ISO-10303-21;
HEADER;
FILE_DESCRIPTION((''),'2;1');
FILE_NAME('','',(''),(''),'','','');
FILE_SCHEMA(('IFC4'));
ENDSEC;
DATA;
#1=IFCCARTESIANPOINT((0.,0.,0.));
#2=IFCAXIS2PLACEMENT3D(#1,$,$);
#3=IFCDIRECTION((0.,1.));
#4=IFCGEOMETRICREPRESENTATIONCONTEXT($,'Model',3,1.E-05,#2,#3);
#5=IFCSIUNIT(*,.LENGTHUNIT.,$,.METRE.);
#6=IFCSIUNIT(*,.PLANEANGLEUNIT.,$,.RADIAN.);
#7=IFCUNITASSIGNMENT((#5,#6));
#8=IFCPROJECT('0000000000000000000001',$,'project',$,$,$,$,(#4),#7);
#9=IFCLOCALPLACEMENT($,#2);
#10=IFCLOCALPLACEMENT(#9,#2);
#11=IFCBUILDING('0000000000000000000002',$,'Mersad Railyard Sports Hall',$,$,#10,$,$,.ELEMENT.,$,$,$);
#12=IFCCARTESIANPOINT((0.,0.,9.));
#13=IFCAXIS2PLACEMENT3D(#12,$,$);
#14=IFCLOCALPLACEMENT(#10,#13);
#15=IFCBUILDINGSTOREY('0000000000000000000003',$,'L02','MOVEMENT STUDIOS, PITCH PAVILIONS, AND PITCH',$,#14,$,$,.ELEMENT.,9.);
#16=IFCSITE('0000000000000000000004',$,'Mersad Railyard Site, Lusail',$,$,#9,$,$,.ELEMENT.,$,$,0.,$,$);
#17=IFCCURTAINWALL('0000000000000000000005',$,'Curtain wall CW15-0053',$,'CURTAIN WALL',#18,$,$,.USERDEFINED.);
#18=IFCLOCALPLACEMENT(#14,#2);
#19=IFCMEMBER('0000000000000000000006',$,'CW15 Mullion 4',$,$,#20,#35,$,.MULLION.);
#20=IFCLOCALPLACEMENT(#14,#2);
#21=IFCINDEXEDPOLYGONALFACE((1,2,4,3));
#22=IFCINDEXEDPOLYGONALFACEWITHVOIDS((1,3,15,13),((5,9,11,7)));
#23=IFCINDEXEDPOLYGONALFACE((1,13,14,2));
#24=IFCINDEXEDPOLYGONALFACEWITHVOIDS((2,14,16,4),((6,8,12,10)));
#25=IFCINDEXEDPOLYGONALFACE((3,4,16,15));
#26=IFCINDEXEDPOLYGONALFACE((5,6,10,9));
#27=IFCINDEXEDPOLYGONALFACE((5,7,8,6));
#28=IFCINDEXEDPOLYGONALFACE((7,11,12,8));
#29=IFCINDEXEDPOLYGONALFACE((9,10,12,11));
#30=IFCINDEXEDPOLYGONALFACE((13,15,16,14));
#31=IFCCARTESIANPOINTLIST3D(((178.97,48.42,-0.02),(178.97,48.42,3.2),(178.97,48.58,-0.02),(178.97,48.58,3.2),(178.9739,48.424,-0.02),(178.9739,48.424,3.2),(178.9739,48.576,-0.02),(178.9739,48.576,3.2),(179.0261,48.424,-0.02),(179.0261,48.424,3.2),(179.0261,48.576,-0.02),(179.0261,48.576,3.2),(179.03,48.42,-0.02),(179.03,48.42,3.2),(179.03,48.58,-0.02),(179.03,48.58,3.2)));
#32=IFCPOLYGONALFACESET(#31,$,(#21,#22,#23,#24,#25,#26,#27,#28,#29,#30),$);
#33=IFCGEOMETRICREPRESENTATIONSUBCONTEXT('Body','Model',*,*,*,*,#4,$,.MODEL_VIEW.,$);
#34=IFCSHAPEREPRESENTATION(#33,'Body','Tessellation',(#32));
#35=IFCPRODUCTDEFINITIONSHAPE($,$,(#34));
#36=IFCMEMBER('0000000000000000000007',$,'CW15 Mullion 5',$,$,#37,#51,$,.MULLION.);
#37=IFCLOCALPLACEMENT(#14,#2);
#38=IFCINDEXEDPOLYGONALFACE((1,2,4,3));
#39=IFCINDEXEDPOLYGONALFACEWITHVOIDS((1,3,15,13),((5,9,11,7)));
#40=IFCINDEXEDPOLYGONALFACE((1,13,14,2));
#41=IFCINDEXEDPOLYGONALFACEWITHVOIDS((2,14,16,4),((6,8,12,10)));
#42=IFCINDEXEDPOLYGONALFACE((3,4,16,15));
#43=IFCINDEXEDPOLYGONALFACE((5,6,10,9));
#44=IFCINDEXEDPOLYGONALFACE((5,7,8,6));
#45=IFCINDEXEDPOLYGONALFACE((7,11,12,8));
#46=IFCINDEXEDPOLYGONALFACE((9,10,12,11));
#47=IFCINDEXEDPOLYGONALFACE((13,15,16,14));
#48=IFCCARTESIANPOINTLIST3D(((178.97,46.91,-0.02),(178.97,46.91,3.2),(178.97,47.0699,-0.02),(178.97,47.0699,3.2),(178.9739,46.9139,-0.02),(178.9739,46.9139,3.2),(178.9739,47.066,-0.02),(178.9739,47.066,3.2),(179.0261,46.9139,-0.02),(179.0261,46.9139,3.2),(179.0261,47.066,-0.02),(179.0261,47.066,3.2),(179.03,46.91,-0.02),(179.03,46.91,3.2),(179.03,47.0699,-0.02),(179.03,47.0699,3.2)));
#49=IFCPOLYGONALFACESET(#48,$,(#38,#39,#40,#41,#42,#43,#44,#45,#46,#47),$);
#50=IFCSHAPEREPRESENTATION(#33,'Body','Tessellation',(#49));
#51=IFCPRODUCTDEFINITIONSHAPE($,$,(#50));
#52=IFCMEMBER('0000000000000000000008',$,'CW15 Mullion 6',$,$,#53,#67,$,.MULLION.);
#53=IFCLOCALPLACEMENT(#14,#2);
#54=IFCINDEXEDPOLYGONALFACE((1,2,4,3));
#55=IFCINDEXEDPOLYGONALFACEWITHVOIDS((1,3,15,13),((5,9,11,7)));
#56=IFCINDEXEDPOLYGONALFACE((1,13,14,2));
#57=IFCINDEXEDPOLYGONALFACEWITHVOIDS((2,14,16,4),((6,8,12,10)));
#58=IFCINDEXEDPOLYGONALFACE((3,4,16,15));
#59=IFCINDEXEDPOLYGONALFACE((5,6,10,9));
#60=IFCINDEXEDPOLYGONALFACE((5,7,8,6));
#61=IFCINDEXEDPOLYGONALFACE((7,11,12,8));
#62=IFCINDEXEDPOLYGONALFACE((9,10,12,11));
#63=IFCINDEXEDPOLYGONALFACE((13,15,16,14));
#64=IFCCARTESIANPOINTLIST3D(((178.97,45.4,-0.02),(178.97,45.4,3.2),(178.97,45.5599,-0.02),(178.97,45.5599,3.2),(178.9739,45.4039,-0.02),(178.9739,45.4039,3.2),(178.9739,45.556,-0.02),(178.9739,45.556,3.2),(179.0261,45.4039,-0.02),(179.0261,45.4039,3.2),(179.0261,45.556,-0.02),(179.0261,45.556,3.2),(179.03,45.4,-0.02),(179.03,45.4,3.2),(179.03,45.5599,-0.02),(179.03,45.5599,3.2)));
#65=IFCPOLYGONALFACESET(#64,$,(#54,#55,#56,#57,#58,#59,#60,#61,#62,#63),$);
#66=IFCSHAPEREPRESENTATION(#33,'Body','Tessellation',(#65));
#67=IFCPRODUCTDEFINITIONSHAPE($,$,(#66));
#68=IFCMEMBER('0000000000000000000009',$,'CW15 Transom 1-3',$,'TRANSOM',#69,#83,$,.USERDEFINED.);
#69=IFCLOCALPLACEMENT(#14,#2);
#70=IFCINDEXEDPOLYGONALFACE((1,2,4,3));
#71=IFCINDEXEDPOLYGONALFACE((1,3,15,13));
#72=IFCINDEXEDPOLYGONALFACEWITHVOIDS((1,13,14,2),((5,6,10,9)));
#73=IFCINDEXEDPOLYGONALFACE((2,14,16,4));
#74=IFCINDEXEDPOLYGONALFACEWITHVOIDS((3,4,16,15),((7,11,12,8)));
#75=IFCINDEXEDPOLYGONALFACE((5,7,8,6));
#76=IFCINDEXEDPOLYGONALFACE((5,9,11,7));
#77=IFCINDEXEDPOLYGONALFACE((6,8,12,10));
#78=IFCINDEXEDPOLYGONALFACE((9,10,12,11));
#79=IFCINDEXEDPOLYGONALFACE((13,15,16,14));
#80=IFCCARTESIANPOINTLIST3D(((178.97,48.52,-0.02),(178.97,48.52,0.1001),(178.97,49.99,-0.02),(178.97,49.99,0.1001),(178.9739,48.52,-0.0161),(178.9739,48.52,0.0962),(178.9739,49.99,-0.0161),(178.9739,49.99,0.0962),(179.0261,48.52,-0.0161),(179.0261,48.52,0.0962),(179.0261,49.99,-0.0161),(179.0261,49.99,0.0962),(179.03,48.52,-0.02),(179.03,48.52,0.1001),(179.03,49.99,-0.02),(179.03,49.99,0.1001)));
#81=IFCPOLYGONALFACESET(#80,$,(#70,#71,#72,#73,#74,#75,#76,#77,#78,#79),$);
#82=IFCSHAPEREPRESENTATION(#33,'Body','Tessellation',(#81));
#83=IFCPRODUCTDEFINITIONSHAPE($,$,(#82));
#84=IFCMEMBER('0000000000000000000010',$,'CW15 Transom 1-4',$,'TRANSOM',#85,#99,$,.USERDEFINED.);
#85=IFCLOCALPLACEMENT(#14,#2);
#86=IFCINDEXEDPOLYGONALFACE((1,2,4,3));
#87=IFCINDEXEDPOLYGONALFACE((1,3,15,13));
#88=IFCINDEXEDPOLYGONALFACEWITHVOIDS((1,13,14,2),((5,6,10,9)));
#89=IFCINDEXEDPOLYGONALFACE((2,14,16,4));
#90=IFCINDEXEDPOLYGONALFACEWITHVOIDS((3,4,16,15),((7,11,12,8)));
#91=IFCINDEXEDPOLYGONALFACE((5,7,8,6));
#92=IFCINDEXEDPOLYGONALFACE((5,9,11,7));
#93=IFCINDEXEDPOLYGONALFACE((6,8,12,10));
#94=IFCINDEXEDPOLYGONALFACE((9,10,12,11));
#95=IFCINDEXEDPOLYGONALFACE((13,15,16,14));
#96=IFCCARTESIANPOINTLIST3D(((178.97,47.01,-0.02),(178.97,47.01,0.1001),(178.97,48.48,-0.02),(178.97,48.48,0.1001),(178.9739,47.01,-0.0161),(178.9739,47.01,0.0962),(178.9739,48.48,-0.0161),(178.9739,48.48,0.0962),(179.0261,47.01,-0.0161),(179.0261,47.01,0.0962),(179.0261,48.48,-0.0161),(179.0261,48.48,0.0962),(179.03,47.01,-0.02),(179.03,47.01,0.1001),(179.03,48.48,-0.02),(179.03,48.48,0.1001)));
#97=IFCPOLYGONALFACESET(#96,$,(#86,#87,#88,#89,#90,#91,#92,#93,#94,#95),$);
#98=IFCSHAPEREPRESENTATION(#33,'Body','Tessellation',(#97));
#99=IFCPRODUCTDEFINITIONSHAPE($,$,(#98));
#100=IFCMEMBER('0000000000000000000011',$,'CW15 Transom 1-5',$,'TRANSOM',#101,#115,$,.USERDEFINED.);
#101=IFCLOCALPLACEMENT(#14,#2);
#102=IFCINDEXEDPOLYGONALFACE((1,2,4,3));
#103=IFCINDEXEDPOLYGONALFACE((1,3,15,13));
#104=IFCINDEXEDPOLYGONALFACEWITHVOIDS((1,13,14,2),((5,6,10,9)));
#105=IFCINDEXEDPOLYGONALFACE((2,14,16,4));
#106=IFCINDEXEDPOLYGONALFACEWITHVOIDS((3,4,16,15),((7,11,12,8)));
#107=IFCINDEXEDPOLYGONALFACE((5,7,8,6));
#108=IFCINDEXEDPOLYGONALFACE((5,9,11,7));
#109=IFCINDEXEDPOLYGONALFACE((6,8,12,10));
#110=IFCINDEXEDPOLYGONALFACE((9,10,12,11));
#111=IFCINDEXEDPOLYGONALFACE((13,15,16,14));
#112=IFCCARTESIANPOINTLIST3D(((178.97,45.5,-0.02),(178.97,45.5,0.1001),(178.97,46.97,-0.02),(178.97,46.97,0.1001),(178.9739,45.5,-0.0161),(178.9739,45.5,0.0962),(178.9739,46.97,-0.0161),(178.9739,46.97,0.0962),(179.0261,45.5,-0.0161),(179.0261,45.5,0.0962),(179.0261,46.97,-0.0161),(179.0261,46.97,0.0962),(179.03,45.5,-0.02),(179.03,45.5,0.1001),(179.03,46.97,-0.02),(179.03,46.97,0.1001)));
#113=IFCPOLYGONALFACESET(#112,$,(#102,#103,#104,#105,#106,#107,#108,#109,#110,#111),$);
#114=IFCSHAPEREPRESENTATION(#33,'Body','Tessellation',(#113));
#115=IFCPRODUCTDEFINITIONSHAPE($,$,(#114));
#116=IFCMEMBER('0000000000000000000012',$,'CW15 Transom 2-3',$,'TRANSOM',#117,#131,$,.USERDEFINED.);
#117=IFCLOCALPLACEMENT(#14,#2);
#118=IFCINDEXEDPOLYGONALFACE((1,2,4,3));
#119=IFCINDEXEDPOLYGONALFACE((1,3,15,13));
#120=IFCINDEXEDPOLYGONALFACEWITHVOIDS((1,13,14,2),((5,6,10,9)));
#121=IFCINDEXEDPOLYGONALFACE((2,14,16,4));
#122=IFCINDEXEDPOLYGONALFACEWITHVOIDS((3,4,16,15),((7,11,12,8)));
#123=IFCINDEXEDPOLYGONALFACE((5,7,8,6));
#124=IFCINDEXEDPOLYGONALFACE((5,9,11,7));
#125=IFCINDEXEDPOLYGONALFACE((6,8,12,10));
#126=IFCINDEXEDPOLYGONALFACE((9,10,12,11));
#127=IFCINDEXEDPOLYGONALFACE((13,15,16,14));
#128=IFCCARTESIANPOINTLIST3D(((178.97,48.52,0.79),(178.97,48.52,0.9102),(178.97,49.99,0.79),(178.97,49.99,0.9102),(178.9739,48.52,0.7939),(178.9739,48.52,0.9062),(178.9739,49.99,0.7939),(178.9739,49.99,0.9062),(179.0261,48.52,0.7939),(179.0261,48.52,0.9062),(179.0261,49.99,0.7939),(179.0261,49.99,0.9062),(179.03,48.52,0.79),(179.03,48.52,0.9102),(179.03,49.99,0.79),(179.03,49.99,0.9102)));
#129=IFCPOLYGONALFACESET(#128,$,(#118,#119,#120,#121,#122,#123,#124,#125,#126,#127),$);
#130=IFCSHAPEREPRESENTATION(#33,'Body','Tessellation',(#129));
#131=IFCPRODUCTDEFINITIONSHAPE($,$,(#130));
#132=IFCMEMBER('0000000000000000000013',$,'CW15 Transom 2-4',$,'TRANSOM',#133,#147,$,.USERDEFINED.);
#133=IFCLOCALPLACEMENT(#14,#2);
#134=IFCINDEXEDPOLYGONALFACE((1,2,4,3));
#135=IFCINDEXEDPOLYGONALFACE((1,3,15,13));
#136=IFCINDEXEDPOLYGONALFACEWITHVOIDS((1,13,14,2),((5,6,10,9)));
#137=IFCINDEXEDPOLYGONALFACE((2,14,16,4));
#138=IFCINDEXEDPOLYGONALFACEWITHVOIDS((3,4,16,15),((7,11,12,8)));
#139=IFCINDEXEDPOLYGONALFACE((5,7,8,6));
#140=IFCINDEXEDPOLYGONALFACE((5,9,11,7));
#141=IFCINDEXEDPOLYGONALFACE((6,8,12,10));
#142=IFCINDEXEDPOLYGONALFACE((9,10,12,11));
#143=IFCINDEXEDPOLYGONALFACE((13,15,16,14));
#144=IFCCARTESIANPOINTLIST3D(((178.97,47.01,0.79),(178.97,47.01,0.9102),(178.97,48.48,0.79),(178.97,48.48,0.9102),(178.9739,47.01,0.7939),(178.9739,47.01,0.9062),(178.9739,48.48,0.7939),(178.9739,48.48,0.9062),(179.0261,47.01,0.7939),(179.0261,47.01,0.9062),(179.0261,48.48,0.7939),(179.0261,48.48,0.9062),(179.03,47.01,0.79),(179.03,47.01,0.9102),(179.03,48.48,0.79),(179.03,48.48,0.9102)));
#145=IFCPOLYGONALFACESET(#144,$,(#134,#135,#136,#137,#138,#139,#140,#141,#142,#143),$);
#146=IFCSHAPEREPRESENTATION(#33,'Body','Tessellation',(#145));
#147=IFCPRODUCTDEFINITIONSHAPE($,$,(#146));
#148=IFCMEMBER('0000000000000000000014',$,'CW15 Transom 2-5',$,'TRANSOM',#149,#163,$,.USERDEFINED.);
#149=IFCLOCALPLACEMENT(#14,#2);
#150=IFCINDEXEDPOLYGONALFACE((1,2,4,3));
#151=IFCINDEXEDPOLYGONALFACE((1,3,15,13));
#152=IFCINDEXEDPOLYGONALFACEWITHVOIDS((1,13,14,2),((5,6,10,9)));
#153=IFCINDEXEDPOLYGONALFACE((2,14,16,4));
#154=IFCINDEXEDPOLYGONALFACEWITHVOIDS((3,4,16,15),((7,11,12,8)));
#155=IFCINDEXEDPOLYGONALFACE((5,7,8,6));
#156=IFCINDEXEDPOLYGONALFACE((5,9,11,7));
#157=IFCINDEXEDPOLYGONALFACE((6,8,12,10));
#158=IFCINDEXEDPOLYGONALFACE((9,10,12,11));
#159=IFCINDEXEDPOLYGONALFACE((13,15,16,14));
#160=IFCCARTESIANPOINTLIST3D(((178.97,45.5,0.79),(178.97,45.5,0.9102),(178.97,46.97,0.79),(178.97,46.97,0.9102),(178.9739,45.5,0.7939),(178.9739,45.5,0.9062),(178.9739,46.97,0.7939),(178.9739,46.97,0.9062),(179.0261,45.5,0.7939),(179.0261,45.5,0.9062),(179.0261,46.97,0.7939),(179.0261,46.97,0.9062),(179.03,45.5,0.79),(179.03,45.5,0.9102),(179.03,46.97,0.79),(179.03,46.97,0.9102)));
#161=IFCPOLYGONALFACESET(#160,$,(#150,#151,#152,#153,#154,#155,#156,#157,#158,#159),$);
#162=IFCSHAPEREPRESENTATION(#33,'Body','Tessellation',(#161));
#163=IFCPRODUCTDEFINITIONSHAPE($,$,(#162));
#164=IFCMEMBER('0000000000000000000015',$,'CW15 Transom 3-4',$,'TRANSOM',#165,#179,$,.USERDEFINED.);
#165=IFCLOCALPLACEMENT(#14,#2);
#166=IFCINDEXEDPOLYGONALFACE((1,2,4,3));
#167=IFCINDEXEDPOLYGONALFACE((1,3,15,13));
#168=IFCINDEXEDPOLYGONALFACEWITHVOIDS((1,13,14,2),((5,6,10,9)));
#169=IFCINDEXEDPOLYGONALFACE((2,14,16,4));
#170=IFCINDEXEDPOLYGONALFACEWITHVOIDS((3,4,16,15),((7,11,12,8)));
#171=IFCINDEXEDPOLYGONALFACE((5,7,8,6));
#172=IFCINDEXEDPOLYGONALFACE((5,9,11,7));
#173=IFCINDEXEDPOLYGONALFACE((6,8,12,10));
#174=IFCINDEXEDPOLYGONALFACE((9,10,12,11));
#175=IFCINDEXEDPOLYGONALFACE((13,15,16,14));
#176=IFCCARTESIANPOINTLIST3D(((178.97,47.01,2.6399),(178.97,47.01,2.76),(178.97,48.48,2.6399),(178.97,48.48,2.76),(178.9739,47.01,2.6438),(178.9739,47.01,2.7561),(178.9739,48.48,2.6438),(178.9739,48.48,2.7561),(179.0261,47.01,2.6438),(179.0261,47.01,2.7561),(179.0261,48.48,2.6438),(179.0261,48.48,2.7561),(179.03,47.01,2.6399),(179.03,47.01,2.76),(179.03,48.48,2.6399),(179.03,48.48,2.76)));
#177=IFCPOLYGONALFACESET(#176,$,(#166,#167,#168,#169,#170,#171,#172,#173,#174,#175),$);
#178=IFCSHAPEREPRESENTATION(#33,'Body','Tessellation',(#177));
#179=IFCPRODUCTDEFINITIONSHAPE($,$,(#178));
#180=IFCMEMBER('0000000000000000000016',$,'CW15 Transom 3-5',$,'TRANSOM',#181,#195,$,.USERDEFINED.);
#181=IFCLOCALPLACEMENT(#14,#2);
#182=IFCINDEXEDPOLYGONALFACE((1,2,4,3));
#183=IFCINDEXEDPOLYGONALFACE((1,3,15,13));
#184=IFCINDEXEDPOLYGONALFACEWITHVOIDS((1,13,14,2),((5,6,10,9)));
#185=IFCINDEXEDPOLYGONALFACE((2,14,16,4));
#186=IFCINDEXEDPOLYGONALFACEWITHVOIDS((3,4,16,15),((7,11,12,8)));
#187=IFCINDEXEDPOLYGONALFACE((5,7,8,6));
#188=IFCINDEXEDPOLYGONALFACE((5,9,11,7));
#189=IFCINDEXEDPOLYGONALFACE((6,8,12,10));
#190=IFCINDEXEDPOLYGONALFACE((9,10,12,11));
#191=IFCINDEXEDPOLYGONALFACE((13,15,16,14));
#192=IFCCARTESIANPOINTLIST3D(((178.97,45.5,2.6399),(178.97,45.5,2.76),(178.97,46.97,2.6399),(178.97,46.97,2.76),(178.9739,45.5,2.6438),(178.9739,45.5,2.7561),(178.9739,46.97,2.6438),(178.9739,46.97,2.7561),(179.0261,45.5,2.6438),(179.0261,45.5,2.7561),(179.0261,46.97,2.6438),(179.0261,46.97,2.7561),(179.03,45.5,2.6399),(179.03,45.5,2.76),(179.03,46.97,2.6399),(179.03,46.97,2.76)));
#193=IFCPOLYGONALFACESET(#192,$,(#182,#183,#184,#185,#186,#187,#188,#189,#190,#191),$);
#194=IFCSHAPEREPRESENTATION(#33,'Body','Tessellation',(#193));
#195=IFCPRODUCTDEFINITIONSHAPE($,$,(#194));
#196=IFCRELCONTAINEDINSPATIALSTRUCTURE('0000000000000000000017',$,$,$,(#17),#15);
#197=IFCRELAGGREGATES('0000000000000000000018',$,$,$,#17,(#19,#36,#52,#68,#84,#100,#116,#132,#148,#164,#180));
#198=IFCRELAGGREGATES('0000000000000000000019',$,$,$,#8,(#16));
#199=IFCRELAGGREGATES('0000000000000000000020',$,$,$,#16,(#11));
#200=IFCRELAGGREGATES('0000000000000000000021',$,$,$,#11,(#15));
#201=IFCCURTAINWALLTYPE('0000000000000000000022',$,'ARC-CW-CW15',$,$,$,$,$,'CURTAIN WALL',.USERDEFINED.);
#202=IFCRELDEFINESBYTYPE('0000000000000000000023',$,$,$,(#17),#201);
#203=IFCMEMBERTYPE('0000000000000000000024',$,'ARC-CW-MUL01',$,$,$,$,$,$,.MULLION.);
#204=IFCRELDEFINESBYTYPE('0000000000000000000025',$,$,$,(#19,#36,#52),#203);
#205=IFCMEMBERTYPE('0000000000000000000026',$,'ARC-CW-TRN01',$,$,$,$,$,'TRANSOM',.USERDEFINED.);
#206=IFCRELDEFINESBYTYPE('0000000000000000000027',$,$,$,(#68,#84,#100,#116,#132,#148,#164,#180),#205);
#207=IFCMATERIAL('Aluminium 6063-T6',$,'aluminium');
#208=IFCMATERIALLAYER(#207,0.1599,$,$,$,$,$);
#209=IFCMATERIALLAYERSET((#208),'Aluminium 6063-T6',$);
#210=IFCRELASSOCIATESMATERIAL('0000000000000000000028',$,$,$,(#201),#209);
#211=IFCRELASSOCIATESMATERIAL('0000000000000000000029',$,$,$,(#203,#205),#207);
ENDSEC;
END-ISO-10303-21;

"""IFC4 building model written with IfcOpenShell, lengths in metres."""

from ifc_helpers import new_model, si_unit, direction, frame, origin, origin_2d, place, context, subcontext, project, spatial, hollow_rectangle, extrude, material, layer, layer_set, material_profile, profile_set, type_object, element, aggregate, save


model = new_model("IFC4")

# Units and contexts
model_context = context("Model", 3, precision=1e-05, world=origin(), true_north=direction((0.0, 1.0)))
body_context = subcontext(model_context, "Body", "Model", "MODEL_VIEW")
ifc_project = project(units=[si_unit("LENGTHUNIT", "METRE"), si_unit("PLANEANGLEUNIT", "RADIAN")], contexts=[model_context])

# Site, building, storey
site_placement = place(None, origin())
site = spatial("IfcSite", under=ifc_project, at=site_placement, Name="Mersad Railyard Site, Lusail", CompositionType="ELEMENT", RefElevation=0.0)
building_placement = place(site_placement, origin())
building = spatial("IfcBuilding", under=site, at=building_placement, Name="Mersad Railyard Sports Hall", CompositionType="ELEMENT")
storey_placement = place(building_placement, frame((0.0, 0.0, 9.0)))
storey = spatial("IfcBuildingStorey", under=building, at=storey_placement, Name="L02", Description="MOVEMENT STUDIOS, PITCH PAVILIONS, AND PITCH", CompositionType="ELEMENT", Elevation=9.0)

# Curtain wall, members
ifc_material_1 = material(Name="Aluminium 6063-T6", Category="aluminium")
ifc_layer_1 = layer(ifc_material_1, 0.1599)
ifc_layer_set_1 = layer_set([ifc_layer_1], Name="Aluminium 6063-T6")
curtain_wall_type = type_object("IfcCurtainWallType", Name="ARC-CW-CW15", ElementType="CURTAIN WALL", PredefinedType="USERDEFINED", material=ifc_layer_set_1)
curtain_wall_placement = place(storey_placement, origin())
curtain_wall = element("IfcCurtainWall", 1, at=curtain_wall_placement, inside=storey, type_object=curtain_wall_type, Name="Curtain wall CW15-0053", ObjectType="CURTAIN WALL", PredefinedType="USERDEFINED")
ifc_material_profile_1 = material_profile(ifc_material_1, hollow_rectangle(XDim=0.0601, YDim=0.1599, WallThickness=0.0039, at=origin_2d()), Name="AL MULLION 60x160x4")
ifc_profile_set_1 = profile_set([ifc_material_profile_1], Name="Aluminium 6063-T6")
member_type_1 = type_object("IfcMemberType", Name="ARC-CW-MUL01", PredefinedType="MULLION", material=ifc_profile_set_1)
member_1_placement = place(storey_placement, frame((179.0, 48.5, -0.02), z_axis=(0.0, 0.0, 1.0), x_axis=(1.0, 0.0, 0.0)))
member_1 = element("IfcMember", 2, at=member_1_placement, type_object=member_type_1, Name="CW15 Mullion 4", PredefinedType="MULLION", context=body_context, shape_type="SweptSolid", body=[
    extrude(hollow_rectangle(XDim=0.0601, YDim=0.1599, WallThickness=0.0039, at=origin_2d()), origin(), (0.0, 0.0, 1.0), 3.22),
])
member_2_placement = place(storey_placement, frame((179.0, 46.99, -0.02), z_axis=(0.0, 0.0, 1.0), x_axis=(1.0, 0.0, 0.0)))
member_2 = element("IfcMember", 3, at=member_2_placement, type_object=member_type_1, Name="CW15 Mullion 5", PredefinedType="MULLION", context=body_context, shape_type="SweptSolid", body=[
    extrude(hollow_rectangle(XDim=0.0601, YDim=0.1599, WallThickness=0.0039, at=origin_2d()), origin(), (0.0, 0.0, 1.0), 3.22),
])
member_3_placement = place(storey_placement, frame((179.0, 45.48, -0.02), z_axis=(0.0, 0.0, 1.0), x_axis=(1.0, 0.0, 0.0)))
member_3 = element("IfcMember", 4, at=member_3_placement, type_object=member_type_1, Name="CW15 Mullion 6", PredefinedType="MULLION", context=body_context, shape_type="SweptSolid", body=[
    extrude(hollow_rectangle(XDim=0.0601, YDim=0.1599, WallThickness=0.0039, at=origin_2d()), origin(), (0.0, 0.0, 1.0), 3.22),
])
ifc_material_profile_2 = material_profile(ifc_material_1, hollow_rectangle(XDim=0.0601, YDim=0.1201, WallThickness=0.0039, at=origin_2d()), Name="AL TRANSOM 60x120x4")
ifc_profile_set_2 = profile_set([ifc_material_profile_2], Name="Aluminium 6063-T6")
member_type_2 = type_object("IfcMemberType", Name="ARC-CW-TRN01", ElementType="TRANSOM", PredefinedType="USERDEFINED", material=ifc_profile_set_2)
member_4_placement = place(storey_placement, frame((179.0, 49.99, 0.04), z_axis=(0.0, -1.0, 0.0), x_axis=(1.0, 0.0, 0.0)))
member_4 = element("IfcMember", 5, at=member_4_placement, type_object=member_type_2, Name="CW15 Transom 1-3", ObjectType="TRANSOM", PredefinedType="USERDEFINED", context=body_context, shape_type="SweptSolid", body=[
    extrude(hollow_rectangle(XDim=0.0601, YDim=0.1201, WallThickness=0.0039, at=origin_2d()), origin(), (0.0, 0.0, 1.0), 1.47),
])
member_5_placement = place(storey_placement, frame((179.0, 48.48, 0.04), z_axis=(0.0, -1.0, 0.0), x_axis=(1.0, 0.0, 0.0)))
member_5 = element("IfcMember", 6, at=member_5_placement, type_object=member_type_2, Name="CW15 Transom 1-4", ObjectType="TRANSOM", PredefinedType="USERDEFINED", context=body_context, shape_type="SweptSolid", body=[
    extrude(hollow_rectangle(XDim=0.0601, YDim=0.1201, WallThickness=0.0039, at=origin_2d()), origin(), (0.0, 0.0, 1.0), 1.47),
])
member_6_placement = place(storey_placement, frame((179.0, 46.97, 0.04), z_axis=(0.0, -1.0, 0.0), x_axis=(1.0, 0.0, 0.0)))
member_6 = element("IfcMember", 7, at=member_6_placement, type_object=member_type_2, Name="CW15 Transom 1-5", ObjectType="TRANSOM", PredefinedType="USERDEFINED", context=body_context, shape_type="SweptSolid", body=[
    extrude(hollow_rectangle(XDim=0.0601, YDim=0.1201, WallThickness=0.0039, at=origin_2d()), origin(), (0.0, 0.0, 1.0), 1.47),
])
member_7_placement = place(storey_placement, frame((179.0, 49.99, 0.8501), z_axis=(0.0, -1.0, 0.0), x_axis=(1.0, 0.0, 0.0)))
member_7 = element("IfcMember", 8, at=member_7_placement, type_object=member_type_2, Name="CW15 Transom 2-3", ObjectType="TRANSOM", PredefinedType="USERDEFINED", context=body_context, shape_type="SweptSolid", body=[
    extrude(hollow_rectangle(XDim=0.0601, YDim=0.1201, WallThickness=0.0039, at=origin_2d()), origin(), (0.0, 0.0, 1.0), 1.47),
])
member_8_placement = place(storey_placement, frame((179.0, 48.48, 0.8501), z_axis=(0.0, -1.0, 0.0), x_axis=(1.0, 0.0, 0.0)))
member_8 = element("IfcMember", 9, at=member_8_placement, type_object=member_type_2, Name="CW15 Transom 2-4", ObjectType="TRANSOM", PredefinedType="USERDEFINED", context=body_context, shape_type="SweptSolid", body=[
    extrude(hollow_rectangle(XDim=0.0601, YDim=0.1201, WallThickness=0.0039, at=origin_2d()), origin(), (0.0, 0.0, 1.0), 1.47),
])
member_9_placement = place(storey_placement, frame((179.0, 46.97, 0.8501), z_axis=(0.0, -1.0, 0.0), x_axis=(1.0, 0.0, 0.0)))
member_9 = element("IfcMember", 10, at=member_9_placement, type_object=member_type_2, Name="CW15 Transom 2-5", ObjectType="TRANSOM", PredefinedType="USERDEFINED", context=body_context, shape_type="SweptSolid", body=[
    extrude(hollow_rectangle(XDim=0.0601, YDim=0.1201, WallThickness=0.0039, at=origin_2d()), origin(), (0.0, 0.0, 1.0), 1.47),
])
member_10_placement = place(storey_placement, frame((179.0, 48.48, 2.7), z_axis=(0.0, -1.0, 0.0), x_axis=(1.0, 0.0, 0.0)))
member_10 = element("IfcMember", 11, at=member_10_placement, type_object=member_type_2, Name="CW15 Transom 3-4", ObjectType="TRANSOM", PredefinedType="USERDEFINED", context=body_context, shape_type="SweptSolid", body=[
    extrude(hollow_rectangle(XDim=0.0601, YDim=0.1201, WallThickness=0.0039, at=origin_2d()), origin(), (0.0, 0.0, 1.0), 1.47),
])
member_11_placement = place(storey_placement, frame((179.0, 46.97, 2.7), z_axis=(0.0, -1.0, 0.0), x_axis=(1.0, 0.0, 0.0)))
member_11 = element("IfcMember", 12, at=member_11_placement, type_object=member_type_2, Name="CW15 Transom 3-5", ObjectType="TRANSOM", PredefinedType="USERDEFINED", context=body_context, shape_type="SweptSolid", body=[
    extrude(hollow_rectangle(XDim=0.0601, YDim=0.1201, WallThickness=0.0039, at=origin_2d()), origin(), (0.0, 0.0, 1.0), 1.47),
])

aggregate(curtain_wall, [member_1, member_2, member_3, member_4, member_5, member_6, member_7, member_8, member_9, member_10, member_11])

save(model, "model.ifc")
